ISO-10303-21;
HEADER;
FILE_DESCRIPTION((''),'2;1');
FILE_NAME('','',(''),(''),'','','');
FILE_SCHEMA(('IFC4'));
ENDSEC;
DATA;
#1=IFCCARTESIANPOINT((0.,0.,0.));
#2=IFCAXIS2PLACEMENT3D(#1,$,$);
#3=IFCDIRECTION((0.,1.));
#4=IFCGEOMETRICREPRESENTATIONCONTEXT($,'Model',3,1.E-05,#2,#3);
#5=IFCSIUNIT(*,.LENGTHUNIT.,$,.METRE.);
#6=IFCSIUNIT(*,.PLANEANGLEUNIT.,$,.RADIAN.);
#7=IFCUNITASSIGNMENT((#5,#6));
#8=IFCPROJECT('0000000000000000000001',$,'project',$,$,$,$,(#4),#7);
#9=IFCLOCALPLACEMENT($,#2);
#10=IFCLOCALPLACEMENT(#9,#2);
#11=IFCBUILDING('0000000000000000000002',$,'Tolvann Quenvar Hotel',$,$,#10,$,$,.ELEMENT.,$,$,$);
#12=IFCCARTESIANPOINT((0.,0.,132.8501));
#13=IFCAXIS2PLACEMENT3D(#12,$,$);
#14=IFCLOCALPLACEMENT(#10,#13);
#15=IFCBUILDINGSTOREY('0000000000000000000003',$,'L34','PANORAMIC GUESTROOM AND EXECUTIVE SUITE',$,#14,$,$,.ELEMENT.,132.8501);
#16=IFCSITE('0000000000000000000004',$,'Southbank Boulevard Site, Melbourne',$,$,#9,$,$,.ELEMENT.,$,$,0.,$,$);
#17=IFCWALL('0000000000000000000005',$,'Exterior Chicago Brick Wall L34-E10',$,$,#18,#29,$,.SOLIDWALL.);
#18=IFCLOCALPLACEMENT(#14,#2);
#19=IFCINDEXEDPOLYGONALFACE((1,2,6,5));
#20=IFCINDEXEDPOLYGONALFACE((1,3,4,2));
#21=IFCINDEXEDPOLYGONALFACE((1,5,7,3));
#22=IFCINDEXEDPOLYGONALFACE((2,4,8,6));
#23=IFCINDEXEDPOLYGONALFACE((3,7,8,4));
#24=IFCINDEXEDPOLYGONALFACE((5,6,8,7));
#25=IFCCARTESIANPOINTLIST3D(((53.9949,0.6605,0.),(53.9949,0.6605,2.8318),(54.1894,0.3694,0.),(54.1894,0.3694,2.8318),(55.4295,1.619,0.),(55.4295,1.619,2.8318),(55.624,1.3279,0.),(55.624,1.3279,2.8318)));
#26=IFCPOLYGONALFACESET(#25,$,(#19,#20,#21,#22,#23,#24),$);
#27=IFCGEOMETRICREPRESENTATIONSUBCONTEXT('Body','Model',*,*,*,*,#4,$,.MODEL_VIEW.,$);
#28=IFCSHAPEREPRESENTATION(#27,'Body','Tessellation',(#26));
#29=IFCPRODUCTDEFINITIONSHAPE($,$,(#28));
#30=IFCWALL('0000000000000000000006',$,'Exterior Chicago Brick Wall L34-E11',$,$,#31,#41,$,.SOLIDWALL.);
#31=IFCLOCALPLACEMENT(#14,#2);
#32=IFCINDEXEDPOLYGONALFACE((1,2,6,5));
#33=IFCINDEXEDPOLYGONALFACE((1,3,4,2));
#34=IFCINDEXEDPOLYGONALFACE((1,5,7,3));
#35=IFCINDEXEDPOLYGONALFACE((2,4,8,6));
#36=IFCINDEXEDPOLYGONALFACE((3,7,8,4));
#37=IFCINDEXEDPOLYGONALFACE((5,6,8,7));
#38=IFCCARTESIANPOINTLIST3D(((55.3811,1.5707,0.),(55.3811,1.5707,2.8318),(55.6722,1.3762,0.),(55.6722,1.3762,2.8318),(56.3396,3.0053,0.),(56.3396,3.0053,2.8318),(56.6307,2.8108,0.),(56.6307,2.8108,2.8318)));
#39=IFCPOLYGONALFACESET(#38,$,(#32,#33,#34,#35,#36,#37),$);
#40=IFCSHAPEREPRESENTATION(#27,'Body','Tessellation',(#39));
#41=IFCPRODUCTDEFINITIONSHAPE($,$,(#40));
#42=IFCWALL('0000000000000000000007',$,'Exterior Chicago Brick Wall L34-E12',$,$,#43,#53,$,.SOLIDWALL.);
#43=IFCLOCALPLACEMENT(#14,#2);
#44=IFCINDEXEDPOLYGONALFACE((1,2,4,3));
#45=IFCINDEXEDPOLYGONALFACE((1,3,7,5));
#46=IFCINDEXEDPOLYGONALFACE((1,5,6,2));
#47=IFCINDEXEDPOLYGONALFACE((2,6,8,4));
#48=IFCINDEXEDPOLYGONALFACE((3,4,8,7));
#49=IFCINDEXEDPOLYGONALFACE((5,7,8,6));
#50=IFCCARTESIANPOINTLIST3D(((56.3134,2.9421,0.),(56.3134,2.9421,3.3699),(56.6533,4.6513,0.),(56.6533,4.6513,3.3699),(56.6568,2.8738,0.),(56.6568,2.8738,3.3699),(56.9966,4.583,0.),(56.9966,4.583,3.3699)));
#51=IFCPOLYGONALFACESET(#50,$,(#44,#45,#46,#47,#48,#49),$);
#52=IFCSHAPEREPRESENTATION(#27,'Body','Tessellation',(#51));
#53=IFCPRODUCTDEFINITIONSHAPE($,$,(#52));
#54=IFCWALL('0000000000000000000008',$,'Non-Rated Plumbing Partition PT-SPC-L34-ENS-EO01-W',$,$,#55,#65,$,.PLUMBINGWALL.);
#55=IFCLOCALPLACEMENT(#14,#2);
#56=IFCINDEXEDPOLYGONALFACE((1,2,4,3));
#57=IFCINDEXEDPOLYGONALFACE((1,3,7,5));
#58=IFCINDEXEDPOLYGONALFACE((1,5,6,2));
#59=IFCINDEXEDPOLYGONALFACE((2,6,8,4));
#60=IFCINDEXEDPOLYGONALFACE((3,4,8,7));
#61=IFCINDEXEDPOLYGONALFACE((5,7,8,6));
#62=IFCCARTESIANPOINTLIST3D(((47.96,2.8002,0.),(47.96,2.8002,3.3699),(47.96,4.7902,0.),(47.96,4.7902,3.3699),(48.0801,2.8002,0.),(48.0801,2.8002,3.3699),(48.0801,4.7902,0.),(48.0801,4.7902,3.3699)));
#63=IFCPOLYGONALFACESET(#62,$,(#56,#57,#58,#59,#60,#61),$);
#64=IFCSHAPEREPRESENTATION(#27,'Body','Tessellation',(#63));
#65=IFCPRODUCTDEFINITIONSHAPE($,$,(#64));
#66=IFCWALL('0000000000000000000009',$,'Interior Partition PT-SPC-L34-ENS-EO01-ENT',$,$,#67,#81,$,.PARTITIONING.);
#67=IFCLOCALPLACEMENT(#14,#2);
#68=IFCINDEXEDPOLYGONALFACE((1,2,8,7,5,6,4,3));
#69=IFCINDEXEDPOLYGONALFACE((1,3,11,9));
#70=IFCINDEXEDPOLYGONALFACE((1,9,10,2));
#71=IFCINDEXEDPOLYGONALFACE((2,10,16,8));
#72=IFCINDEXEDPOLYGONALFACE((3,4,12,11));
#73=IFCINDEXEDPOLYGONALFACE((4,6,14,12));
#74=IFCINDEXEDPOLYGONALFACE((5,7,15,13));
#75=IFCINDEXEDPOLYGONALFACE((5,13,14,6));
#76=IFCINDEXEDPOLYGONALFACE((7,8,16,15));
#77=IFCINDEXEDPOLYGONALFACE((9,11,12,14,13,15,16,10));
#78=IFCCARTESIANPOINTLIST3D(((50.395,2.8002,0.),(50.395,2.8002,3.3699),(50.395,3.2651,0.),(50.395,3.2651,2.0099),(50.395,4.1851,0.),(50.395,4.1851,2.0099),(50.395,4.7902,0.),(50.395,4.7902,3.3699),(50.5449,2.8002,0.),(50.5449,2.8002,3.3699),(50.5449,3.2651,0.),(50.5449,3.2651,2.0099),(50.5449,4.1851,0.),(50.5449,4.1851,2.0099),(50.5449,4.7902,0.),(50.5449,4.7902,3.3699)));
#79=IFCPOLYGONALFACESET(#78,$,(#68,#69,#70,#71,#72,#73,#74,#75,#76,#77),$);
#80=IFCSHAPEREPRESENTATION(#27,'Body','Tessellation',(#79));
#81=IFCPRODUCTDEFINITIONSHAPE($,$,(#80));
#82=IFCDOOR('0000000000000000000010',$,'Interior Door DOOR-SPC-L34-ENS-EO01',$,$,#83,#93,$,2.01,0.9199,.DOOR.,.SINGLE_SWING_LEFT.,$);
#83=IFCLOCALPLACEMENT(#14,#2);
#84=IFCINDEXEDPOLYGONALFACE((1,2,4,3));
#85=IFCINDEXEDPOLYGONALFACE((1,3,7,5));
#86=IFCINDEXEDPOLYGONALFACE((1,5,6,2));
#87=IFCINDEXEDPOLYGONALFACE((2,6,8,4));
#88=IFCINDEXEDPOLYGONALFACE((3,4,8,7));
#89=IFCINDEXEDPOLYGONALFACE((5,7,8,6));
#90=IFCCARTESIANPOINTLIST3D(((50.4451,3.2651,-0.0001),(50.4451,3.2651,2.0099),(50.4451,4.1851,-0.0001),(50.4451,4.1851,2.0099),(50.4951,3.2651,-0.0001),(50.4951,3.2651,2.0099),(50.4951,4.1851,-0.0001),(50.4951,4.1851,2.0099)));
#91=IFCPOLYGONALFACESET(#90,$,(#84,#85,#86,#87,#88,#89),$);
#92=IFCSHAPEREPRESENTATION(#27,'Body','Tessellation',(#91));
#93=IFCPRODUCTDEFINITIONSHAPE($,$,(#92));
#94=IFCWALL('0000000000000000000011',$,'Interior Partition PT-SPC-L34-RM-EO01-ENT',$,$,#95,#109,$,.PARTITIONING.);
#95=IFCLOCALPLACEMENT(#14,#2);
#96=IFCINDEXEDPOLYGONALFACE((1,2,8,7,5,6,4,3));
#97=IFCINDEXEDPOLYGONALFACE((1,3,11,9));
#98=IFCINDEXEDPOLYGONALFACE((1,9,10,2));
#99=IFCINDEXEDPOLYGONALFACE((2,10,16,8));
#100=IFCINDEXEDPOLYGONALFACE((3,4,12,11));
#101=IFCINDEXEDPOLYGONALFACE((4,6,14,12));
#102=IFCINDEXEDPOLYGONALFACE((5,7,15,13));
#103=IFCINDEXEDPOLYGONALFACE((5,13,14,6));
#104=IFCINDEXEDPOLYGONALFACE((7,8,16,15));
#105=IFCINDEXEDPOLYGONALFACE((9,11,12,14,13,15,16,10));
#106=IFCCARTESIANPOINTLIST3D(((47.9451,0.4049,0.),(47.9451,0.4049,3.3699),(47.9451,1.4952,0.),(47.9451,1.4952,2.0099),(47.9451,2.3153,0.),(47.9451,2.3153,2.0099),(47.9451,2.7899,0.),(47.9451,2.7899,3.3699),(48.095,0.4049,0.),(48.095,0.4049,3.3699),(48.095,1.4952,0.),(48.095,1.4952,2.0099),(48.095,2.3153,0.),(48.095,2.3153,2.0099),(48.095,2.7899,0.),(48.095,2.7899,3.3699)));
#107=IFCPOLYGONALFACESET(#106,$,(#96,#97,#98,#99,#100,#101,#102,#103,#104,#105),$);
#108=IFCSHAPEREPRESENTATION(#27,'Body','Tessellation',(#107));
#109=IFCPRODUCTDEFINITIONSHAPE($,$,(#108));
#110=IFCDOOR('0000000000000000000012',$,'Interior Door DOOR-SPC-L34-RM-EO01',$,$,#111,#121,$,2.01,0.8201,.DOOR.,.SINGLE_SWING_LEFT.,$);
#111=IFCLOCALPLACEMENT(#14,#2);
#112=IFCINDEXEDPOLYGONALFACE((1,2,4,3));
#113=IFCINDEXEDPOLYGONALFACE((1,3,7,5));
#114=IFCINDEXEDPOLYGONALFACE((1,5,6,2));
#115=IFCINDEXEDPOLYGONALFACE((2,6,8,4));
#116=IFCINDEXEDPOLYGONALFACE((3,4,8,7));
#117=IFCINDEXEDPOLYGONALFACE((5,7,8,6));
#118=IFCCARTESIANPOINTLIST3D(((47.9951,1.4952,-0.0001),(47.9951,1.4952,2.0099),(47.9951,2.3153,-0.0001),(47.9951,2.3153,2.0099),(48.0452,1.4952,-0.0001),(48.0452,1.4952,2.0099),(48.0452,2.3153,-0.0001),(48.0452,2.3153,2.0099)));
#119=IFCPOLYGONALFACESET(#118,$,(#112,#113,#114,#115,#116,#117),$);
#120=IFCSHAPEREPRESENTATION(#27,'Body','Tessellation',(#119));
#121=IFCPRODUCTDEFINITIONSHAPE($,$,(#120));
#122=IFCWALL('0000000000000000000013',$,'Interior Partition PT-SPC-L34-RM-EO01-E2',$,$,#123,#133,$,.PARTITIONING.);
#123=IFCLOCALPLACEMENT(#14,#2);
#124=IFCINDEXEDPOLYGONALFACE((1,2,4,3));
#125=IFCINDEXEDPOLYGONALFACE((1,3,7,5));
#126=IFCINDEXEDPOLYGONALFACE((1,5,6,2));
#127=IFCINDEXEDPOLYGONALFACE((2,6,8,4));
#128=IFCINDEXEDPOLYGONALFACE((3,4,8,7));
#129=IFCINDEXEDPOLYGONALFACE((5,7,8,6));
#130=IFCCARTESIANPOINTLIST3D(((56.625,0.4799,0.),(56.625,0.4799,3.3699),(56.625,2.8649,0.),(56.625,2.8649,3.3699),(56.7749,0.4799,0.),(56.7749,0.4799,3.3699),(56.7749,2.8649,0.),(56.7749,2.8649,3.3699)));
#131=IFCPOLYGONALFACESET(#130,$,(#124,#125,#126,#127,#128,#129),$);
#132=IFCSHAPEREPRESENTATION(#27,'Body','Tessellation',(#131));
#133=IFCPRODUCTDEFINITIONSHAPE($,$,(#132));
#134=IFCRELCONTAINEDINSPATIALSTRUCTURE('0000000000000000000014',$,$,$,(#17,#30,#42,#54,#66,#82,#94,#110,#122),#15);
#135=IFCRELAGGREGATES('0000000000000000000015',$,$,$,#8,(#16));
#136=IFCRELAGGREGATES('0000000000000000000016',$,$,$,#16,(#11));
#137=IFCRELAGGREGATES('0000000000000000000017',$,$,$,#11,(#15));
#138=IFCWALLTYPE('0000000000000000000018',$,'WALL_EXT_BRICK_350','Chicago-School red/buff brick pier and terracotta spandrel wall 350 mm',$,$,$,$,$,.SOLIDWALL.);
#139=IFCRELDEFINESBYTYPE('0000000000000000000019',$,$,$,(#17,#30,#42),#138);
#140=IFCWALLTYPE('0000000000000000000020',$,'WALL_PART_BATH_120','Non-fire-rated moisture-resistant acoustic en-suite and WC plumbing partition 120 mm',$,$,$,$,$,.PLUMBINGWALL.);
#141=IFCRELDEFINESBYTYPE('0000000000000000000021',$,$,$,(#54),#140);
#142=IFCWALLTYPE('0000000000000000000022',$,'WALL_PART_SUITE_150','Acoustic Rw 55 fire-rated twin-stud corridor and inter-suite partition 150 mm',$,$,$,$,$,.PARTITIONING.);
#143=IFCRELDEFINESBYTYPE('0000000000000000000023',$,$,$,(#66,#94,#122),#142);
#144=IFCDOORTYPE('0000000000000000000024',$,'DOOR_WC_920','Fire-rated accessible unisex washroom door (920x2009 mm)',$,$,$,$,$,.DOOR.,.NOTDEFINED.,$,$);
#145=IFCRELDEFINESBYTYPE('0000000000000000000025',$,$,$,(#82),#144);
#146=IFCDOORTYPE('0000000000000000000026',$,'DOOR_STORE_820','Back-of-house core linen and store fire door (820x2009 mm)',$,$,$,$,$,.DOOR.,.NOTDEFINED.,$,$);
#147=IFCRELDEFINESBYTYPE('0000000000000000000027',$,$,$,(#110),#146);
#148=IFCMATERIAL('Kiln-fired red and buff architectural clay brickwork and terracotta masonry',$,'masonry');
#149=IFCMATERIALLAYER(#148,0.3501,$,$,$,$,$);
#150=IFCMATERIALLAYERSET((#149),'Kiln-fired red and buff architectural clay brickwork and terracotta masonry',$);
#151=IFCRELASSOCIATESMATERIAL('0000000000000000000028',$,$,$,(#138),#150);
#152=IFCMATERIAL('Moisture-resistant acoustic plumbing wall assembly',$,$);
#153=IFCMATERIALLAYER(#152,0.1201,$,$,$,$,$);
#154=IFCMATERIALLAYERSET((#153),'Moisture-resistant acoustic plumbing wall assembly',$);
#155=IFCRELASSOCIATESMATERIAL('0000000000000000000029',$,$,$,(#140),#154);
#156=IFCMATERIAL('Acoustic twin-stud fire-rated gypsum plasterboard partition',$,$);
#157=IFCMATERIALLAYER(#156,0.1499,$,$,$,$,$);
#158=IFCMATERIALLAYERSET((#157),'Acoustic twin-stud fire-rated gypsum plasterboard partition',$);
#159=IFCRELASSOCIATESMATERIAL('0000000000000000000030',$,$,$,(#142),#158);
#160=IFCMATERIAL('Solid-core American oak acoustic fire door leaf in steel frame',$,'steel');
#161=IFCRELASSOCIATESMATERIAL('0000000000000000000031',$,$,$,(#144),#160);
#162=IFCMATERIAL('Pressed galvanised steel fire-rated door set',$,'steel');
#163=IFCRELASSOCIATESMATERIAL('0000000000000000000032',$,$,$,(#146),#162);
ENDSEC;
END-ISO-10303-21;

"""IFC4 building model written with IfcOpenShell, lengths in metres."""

from ifc_helpers import new_model, si_unit, direction, frame, frame_2d, origin, place, context, subcontext, project, spatial, rectangle, extrude, source, transform, mapped, material, layer, layer_set, type_object, type_shapes, element, fill, save


model = new_model("IFC4")

# Units and contexts
model_context = context("Model", 3, precision=1e-05, world=origin(), true_north=direction((0.0, 1.0)))
body_context = subcontext(model_context, "Body", "Model", "MODEL_VIEW")
ifc_project = project(units=[si_unit("LENGTHUNIT", "METRE"), si_unit("PLANEANGLEUNIT", "RADIAN")], contexts=[model_context])

# Site, building, storey
site_placement = place(None, origin())
site = spatial("IfcSite", under=ifc_project, at=site_placement, Name="Southbank Boulevard Site, Melbourne", CompositionType="ELEMENT", RefElevation=0.0)
building_placement = place(site_placement, origin())
building = spatial("IfcBuilding", under=site, at=building_placement, Name="Tolvann Quenvar Hotel", CompositionType="ELEMENT")
storey_placement = place(building_placement, frame((0.0, 0.0, 132.8501)))
storey = spatial("IfcBuildingStorey", under=building, at=storey_placement, Name="L34", Description="PANORAMIC GUESTROOM AND EXECUTIVE SUITE", CompositionType="ELEMENT", Elevation=132.8501)

# Walls
ifc_material_1 = material(Name="Kiln-fired red and buff architectural clay brickwork and terracotta masonry", Category="masonry")
ifc_layer_1 = layer(ifc_material_1, 0.3501)
ifc_layer_set_1 = layer_set([ifc_layer_1], Name="Kiln-fired red and buff architectural clay brickwork and terracotta masonry")
wall_type_1 = type_object("IfcWallType", Name="WALL_EXT_BRICK_350", Description="Chicago-School red/buff brick pier and terracotta spandrel wall 350 mm", PredefinedType="SOLIDWALL", material=ifc_layer_set_1)
for number, where, z_axis, x_axis, name in (
    (1, (54.092, 0.5149, 0.0), (0.0, 0.0, 1.0), (0.831484, 0.555549, 0.0), "Exterior Chicago Brick Wall L34-E10"),
    (2, (55.5266, 1.4734, 0.0), (0.0, 0.0, 1.0), (0.555549, 0.831484, 0.0), "Exterior Chicago Brick Wall L34-E11"),
):
    element("IfcWall", number, at=place(storey_placement, frame(where, z_axis=z_axis, x_axis=x_axis)), inside=storey, type_object=wall_type_1, Name=name, PredefinedType="SOLIDWALL", context=body_context, shape_type="SweptSolid", body=[
        extrude(rectangle(XDim=1.7253, YDim=0.3501, at=frame_2d((0.8628, 0.0))), origin(), (0.0, 0.0, 1.0), 2.8318),
    ])
wall_1_placement = place(storey_placement, frame((56.4851, 2.908, 0.0), z_axis=(0.0, 0.0, 1.0), x_axis=(0.195011, 0.980801, 0.0)))
element("IfcWall", 3, at=wall_1_placement, inside=storey, type_object=wall_type_1, Name="Exterior Chicago Brick Wall L34-E12", PredefinedType="SOLIDWALL", context=body_context, shape_type="SweptSolid", body=[
    extrude(rectangle(XDim=1.7427, YDim=0.3501, at=frame_2d((0.8713, 0.0))), origin(), (0.0, 0.0, 1.0), 3.3699),
])

# Wall
ifc_material_2 = material(Name="Moisture-resistant acoustic plumbing wall assembly")
ifc_layer_2 = layer(ifc_material_2, 0.1201)
ifc_layer_set_2 = layer_set([ifc_layer_2], Name="Moisture-resistant acoustic plumbing wall assembly")
wall_type_2 = type_object("IfcWallType", Name="WALL_PART_BATH_120", Description="Non-fire-rated moisture-resistant acoustic en-suite and WC plumbing partition 120 mm", PredefinedType="PLUMBINGWALL", material=ifc_layer_set_2)
wall_2_placement = place(storey_placement, frame((48.02, 2.8, 0.0), z_axis=(0.0, 0.0, 1.0), x_axis=(0.0, 1.0, 0.0)))
element("IfcWall", 4, at=wall_2_placement, inside=storey, type_object=wall_type_2, Name="Non-Rated Plumbing Partition PT-SPC-L34-ENS-EO01-W", PredefinedType="PLUMBINGWALL", context=body_context, shape_type="SweptSolid", body=[
    extrude(rectangle(XDim=1.99, YDim=0.1201, at=frame_2d((0.9951, 0.0))), origin(), (0.0, 0.0, 1.0), 3.3699),
])

# Walls, openings, doors
ifc_material_3 = material(Name="Acoustic twin-stud fire-rated gypsum plasterboard partition")
ifc_layer_3 = layer(ifc_material_3, 0.1499)
ifc_layer_set_3 = layer_set([ifc_layer_3], Name="Acoustic twin-stud fire-rated gypsum plasterboard partition")
wall_type_3 = type_object("IfcWallType", Name="WALL_PART_SUITE_150", Description="Acoustic Rw 55 fire-rated twin-stud corridor and inter-suite partition 150 mm", PredefinedType="PARTITIONING", material=ifc_layer_set_3)
wall_3_placement = place(storey_placement, frame((50.47, 2.8, 0.0), z_axis=(0.0, 0.0, 1.0), x_axis=(0.0, 1.0, 0.0)))
wall_3 = element("IfcWall", 5, at=wall_3_placement, inside=storey, type_object=wall_type_3, Name="Interior Partition PT-SPC-L34-ENS-EO01-ENT", PredefinedType="PARTITIONING", context=body_context, shape_type="SweptSolid", body=[
    extrude(rectangle(XDim=1.99, YDim=0.1499, at=frame_2d((0.9951, 0.0))), origin(), (0.0, 0.0, 1.0), 3.3699),
])
opening_1_placement = place(wall_3_placement, frame((0.4651, 0.0, 0.0)))
opening_1 = element("IfcOpeningElement", 6, at=opening_1_placement, cuts=wall_3, PredefinedType="OPENING", context=body_context, shape_type="SweptSolid", body=[
    extrude(rectangle(XDim=0.9199, YDim=2.01, at=frame_2d((0.46, 1.0049))), frame((0.0, 0.085, 0.0), z_axis=(0.0, -1.0, 0.0), x_axis=(1.0, 0.0, 0.0)), (0.0, 0.0, 1.0), 0.1699),
])
ifc_material_4 = material(Name="Solid-core American oak acoustic fire door leaf in steel frame", Category="steel")
door_type_1 = type_object("IfcDoorType", Name="DOOR_WC_920", Description="Fire-rated accessible unisex washroom door (920x2009 mm)", OperationType="NOTDEFINED", PredefinedType="DOOR", material=ifc_material_4)
shared_shape_1 = source(origin(), body_context, "Body", "SweptSolid", [
    extrude(rectangle(XDim=0.9199, YDim=2.01, at=frame_2d((0.46, 1.0049))), frame((0.0, 0.0249, 0.0), z_axis=(0.0, -1.0, 0.0), x_axis=(1.0, 0.0, 0.0)), (0.0, 0.0, 1.0), 0.05),
])
type_shapes(door_type_1, [shared_shape_1])
door_1_placement = place(opening_1_placement, origin())
door_1 = element("IfcDoor", 7, at=door_1_placement, inside=storey, type_object=door_type_1, Name="Interior Door DOOR-SPC-L34-ENS-EO01", OperationType="SINGLE_SWING_LEFT", OverallHeight=2.01, OverallWidth=0.9199, PredefinedType="DOOR", context=body_context, shape_type="MappedRepresentation", body=[
    mapped(shared_shape_1, transform((0.0, 0.0, 0.0), x_axis=(1.0, 0.0, 0.0), y_axis=(0.0, 1.0, 0.0), z_axis=(0.0, 0.0, 1.0), scale=1.0)),
])
fill(opening_1, door_1)
wall_4_placement = place(storey_placement, frame((48.02, 0.405, 0.0), z_axis=(0.0, 0.0, 1.0), x_axis=(0.0, 1.0, 0.0)))
wall_4 = element("IfcWall", 8, at=wall_4_placement, inside=storey, type_object=wall_type_3, Name="Interior Partition PT-SPC-L34-RM-EO01-ENT", PredefinedType="PARTITIONING", context=body_context, shape_type="SweptSolid", body=[
    extrude(rectangle(XDim=2.385, YDim=0.1499, at=frame_2d((1.1924, 0.0))), origin(), (0.0, 0.0, 1.0), 3.3699),
])
opening_2_placement = place(wall_4_placement, frame((1.0901, 0.0, 0.0)))
opening_2 = element("IfcOpeningElement", 9, at=opening_2_placement, cuts=wall_4, PredefinedType="OPENING", context=body_context, shape_type="SweptSolid", body=[
    extrude(rectangle(XDim=0.8201, YDim=2.01, at=frame_2d((0.4102, 1.0049))), frame((0.0, 0.085, 0.0), z_axis=(0.0, -1.0, 0.0), x_axis=(1.0, 0.0, 0.0)), (0.0, 0.0, 1.0), 0.1699),
])
ifc_material_5 = material(Name="Pressed galvanised steel fire-rated door set", Category="steel")
door_type_2 = type_object("IfcDoorType", Name="DOOR_STORE_820", Description="Back-of-house core linen and store fire door (820x2009 mm)", OperationType="NOTDEFINED", PredefinedType="DOOR", material=ifc_material_5)
shared_shape_2 = source(origin(), body_context, "Body", "SweptSolid", [
    extrude(rectangle(XDim=0.8201, YDim=2.01, at=frame_2d((0.4102, 1.0049))), frame((0.0, 0.0249, 0.0), z_axis=(0.0, -1.0, 0.0), x_axis=(1.0, 0.0, 0.0)), (0.0, 0.0, 1.0), 0.05),
])
type_shapes(door_type_2, [shared_shape_2])
door_2_placement = place(opening_2_placement, origin())
door_2 = element("IfcDoor", 10, at=door_2_placement, inside=storey, type_object=door_type_2, Name="Interior Door DOOR-SPC-L34-RM-EO01", OperationType="SINGLE_SWING_LEFT", OverallHeight=2.01, OverallWidth=0.8201, PredefinedType="DOOR", context=body_context, shape_type="MappedRepresentation", body=[
    mapped(shared_shape_2, transform((0.0, 0.0, 0.0), x_axis=(1.0, 0.0, 0.0), y_axis=(0.0, 1.0, 0.0), z_axis=(0.0, 0.0, 1.0), scale=1.0)),
])
fill(opening_2, door_2)

# Wall
wall_5_placement = place(storey_placement, frame((56.7, 0.48, 0.0), z_axis=(0.0, 0.0, 1.0), x_axis=(0.0, 1.0, 0.0)))
element("IfcWall", 11, at=wall_5_placement, inside=storey, type_object=wall_type_3, Name="Interior Partition PT-SPC-L34-RM-EO01-E2", PredefinedType="PARTITIONING", context=body_context, shape_type="SweptSolid", body=[
    extrude(rectangle(XDim=2.385, YDim=0.1499, at=frame_2d((1.1924, 0.0))), origin(), (0.0, 0.0, 1.0), 3.3699),
])

save(model, "model.ifc")
